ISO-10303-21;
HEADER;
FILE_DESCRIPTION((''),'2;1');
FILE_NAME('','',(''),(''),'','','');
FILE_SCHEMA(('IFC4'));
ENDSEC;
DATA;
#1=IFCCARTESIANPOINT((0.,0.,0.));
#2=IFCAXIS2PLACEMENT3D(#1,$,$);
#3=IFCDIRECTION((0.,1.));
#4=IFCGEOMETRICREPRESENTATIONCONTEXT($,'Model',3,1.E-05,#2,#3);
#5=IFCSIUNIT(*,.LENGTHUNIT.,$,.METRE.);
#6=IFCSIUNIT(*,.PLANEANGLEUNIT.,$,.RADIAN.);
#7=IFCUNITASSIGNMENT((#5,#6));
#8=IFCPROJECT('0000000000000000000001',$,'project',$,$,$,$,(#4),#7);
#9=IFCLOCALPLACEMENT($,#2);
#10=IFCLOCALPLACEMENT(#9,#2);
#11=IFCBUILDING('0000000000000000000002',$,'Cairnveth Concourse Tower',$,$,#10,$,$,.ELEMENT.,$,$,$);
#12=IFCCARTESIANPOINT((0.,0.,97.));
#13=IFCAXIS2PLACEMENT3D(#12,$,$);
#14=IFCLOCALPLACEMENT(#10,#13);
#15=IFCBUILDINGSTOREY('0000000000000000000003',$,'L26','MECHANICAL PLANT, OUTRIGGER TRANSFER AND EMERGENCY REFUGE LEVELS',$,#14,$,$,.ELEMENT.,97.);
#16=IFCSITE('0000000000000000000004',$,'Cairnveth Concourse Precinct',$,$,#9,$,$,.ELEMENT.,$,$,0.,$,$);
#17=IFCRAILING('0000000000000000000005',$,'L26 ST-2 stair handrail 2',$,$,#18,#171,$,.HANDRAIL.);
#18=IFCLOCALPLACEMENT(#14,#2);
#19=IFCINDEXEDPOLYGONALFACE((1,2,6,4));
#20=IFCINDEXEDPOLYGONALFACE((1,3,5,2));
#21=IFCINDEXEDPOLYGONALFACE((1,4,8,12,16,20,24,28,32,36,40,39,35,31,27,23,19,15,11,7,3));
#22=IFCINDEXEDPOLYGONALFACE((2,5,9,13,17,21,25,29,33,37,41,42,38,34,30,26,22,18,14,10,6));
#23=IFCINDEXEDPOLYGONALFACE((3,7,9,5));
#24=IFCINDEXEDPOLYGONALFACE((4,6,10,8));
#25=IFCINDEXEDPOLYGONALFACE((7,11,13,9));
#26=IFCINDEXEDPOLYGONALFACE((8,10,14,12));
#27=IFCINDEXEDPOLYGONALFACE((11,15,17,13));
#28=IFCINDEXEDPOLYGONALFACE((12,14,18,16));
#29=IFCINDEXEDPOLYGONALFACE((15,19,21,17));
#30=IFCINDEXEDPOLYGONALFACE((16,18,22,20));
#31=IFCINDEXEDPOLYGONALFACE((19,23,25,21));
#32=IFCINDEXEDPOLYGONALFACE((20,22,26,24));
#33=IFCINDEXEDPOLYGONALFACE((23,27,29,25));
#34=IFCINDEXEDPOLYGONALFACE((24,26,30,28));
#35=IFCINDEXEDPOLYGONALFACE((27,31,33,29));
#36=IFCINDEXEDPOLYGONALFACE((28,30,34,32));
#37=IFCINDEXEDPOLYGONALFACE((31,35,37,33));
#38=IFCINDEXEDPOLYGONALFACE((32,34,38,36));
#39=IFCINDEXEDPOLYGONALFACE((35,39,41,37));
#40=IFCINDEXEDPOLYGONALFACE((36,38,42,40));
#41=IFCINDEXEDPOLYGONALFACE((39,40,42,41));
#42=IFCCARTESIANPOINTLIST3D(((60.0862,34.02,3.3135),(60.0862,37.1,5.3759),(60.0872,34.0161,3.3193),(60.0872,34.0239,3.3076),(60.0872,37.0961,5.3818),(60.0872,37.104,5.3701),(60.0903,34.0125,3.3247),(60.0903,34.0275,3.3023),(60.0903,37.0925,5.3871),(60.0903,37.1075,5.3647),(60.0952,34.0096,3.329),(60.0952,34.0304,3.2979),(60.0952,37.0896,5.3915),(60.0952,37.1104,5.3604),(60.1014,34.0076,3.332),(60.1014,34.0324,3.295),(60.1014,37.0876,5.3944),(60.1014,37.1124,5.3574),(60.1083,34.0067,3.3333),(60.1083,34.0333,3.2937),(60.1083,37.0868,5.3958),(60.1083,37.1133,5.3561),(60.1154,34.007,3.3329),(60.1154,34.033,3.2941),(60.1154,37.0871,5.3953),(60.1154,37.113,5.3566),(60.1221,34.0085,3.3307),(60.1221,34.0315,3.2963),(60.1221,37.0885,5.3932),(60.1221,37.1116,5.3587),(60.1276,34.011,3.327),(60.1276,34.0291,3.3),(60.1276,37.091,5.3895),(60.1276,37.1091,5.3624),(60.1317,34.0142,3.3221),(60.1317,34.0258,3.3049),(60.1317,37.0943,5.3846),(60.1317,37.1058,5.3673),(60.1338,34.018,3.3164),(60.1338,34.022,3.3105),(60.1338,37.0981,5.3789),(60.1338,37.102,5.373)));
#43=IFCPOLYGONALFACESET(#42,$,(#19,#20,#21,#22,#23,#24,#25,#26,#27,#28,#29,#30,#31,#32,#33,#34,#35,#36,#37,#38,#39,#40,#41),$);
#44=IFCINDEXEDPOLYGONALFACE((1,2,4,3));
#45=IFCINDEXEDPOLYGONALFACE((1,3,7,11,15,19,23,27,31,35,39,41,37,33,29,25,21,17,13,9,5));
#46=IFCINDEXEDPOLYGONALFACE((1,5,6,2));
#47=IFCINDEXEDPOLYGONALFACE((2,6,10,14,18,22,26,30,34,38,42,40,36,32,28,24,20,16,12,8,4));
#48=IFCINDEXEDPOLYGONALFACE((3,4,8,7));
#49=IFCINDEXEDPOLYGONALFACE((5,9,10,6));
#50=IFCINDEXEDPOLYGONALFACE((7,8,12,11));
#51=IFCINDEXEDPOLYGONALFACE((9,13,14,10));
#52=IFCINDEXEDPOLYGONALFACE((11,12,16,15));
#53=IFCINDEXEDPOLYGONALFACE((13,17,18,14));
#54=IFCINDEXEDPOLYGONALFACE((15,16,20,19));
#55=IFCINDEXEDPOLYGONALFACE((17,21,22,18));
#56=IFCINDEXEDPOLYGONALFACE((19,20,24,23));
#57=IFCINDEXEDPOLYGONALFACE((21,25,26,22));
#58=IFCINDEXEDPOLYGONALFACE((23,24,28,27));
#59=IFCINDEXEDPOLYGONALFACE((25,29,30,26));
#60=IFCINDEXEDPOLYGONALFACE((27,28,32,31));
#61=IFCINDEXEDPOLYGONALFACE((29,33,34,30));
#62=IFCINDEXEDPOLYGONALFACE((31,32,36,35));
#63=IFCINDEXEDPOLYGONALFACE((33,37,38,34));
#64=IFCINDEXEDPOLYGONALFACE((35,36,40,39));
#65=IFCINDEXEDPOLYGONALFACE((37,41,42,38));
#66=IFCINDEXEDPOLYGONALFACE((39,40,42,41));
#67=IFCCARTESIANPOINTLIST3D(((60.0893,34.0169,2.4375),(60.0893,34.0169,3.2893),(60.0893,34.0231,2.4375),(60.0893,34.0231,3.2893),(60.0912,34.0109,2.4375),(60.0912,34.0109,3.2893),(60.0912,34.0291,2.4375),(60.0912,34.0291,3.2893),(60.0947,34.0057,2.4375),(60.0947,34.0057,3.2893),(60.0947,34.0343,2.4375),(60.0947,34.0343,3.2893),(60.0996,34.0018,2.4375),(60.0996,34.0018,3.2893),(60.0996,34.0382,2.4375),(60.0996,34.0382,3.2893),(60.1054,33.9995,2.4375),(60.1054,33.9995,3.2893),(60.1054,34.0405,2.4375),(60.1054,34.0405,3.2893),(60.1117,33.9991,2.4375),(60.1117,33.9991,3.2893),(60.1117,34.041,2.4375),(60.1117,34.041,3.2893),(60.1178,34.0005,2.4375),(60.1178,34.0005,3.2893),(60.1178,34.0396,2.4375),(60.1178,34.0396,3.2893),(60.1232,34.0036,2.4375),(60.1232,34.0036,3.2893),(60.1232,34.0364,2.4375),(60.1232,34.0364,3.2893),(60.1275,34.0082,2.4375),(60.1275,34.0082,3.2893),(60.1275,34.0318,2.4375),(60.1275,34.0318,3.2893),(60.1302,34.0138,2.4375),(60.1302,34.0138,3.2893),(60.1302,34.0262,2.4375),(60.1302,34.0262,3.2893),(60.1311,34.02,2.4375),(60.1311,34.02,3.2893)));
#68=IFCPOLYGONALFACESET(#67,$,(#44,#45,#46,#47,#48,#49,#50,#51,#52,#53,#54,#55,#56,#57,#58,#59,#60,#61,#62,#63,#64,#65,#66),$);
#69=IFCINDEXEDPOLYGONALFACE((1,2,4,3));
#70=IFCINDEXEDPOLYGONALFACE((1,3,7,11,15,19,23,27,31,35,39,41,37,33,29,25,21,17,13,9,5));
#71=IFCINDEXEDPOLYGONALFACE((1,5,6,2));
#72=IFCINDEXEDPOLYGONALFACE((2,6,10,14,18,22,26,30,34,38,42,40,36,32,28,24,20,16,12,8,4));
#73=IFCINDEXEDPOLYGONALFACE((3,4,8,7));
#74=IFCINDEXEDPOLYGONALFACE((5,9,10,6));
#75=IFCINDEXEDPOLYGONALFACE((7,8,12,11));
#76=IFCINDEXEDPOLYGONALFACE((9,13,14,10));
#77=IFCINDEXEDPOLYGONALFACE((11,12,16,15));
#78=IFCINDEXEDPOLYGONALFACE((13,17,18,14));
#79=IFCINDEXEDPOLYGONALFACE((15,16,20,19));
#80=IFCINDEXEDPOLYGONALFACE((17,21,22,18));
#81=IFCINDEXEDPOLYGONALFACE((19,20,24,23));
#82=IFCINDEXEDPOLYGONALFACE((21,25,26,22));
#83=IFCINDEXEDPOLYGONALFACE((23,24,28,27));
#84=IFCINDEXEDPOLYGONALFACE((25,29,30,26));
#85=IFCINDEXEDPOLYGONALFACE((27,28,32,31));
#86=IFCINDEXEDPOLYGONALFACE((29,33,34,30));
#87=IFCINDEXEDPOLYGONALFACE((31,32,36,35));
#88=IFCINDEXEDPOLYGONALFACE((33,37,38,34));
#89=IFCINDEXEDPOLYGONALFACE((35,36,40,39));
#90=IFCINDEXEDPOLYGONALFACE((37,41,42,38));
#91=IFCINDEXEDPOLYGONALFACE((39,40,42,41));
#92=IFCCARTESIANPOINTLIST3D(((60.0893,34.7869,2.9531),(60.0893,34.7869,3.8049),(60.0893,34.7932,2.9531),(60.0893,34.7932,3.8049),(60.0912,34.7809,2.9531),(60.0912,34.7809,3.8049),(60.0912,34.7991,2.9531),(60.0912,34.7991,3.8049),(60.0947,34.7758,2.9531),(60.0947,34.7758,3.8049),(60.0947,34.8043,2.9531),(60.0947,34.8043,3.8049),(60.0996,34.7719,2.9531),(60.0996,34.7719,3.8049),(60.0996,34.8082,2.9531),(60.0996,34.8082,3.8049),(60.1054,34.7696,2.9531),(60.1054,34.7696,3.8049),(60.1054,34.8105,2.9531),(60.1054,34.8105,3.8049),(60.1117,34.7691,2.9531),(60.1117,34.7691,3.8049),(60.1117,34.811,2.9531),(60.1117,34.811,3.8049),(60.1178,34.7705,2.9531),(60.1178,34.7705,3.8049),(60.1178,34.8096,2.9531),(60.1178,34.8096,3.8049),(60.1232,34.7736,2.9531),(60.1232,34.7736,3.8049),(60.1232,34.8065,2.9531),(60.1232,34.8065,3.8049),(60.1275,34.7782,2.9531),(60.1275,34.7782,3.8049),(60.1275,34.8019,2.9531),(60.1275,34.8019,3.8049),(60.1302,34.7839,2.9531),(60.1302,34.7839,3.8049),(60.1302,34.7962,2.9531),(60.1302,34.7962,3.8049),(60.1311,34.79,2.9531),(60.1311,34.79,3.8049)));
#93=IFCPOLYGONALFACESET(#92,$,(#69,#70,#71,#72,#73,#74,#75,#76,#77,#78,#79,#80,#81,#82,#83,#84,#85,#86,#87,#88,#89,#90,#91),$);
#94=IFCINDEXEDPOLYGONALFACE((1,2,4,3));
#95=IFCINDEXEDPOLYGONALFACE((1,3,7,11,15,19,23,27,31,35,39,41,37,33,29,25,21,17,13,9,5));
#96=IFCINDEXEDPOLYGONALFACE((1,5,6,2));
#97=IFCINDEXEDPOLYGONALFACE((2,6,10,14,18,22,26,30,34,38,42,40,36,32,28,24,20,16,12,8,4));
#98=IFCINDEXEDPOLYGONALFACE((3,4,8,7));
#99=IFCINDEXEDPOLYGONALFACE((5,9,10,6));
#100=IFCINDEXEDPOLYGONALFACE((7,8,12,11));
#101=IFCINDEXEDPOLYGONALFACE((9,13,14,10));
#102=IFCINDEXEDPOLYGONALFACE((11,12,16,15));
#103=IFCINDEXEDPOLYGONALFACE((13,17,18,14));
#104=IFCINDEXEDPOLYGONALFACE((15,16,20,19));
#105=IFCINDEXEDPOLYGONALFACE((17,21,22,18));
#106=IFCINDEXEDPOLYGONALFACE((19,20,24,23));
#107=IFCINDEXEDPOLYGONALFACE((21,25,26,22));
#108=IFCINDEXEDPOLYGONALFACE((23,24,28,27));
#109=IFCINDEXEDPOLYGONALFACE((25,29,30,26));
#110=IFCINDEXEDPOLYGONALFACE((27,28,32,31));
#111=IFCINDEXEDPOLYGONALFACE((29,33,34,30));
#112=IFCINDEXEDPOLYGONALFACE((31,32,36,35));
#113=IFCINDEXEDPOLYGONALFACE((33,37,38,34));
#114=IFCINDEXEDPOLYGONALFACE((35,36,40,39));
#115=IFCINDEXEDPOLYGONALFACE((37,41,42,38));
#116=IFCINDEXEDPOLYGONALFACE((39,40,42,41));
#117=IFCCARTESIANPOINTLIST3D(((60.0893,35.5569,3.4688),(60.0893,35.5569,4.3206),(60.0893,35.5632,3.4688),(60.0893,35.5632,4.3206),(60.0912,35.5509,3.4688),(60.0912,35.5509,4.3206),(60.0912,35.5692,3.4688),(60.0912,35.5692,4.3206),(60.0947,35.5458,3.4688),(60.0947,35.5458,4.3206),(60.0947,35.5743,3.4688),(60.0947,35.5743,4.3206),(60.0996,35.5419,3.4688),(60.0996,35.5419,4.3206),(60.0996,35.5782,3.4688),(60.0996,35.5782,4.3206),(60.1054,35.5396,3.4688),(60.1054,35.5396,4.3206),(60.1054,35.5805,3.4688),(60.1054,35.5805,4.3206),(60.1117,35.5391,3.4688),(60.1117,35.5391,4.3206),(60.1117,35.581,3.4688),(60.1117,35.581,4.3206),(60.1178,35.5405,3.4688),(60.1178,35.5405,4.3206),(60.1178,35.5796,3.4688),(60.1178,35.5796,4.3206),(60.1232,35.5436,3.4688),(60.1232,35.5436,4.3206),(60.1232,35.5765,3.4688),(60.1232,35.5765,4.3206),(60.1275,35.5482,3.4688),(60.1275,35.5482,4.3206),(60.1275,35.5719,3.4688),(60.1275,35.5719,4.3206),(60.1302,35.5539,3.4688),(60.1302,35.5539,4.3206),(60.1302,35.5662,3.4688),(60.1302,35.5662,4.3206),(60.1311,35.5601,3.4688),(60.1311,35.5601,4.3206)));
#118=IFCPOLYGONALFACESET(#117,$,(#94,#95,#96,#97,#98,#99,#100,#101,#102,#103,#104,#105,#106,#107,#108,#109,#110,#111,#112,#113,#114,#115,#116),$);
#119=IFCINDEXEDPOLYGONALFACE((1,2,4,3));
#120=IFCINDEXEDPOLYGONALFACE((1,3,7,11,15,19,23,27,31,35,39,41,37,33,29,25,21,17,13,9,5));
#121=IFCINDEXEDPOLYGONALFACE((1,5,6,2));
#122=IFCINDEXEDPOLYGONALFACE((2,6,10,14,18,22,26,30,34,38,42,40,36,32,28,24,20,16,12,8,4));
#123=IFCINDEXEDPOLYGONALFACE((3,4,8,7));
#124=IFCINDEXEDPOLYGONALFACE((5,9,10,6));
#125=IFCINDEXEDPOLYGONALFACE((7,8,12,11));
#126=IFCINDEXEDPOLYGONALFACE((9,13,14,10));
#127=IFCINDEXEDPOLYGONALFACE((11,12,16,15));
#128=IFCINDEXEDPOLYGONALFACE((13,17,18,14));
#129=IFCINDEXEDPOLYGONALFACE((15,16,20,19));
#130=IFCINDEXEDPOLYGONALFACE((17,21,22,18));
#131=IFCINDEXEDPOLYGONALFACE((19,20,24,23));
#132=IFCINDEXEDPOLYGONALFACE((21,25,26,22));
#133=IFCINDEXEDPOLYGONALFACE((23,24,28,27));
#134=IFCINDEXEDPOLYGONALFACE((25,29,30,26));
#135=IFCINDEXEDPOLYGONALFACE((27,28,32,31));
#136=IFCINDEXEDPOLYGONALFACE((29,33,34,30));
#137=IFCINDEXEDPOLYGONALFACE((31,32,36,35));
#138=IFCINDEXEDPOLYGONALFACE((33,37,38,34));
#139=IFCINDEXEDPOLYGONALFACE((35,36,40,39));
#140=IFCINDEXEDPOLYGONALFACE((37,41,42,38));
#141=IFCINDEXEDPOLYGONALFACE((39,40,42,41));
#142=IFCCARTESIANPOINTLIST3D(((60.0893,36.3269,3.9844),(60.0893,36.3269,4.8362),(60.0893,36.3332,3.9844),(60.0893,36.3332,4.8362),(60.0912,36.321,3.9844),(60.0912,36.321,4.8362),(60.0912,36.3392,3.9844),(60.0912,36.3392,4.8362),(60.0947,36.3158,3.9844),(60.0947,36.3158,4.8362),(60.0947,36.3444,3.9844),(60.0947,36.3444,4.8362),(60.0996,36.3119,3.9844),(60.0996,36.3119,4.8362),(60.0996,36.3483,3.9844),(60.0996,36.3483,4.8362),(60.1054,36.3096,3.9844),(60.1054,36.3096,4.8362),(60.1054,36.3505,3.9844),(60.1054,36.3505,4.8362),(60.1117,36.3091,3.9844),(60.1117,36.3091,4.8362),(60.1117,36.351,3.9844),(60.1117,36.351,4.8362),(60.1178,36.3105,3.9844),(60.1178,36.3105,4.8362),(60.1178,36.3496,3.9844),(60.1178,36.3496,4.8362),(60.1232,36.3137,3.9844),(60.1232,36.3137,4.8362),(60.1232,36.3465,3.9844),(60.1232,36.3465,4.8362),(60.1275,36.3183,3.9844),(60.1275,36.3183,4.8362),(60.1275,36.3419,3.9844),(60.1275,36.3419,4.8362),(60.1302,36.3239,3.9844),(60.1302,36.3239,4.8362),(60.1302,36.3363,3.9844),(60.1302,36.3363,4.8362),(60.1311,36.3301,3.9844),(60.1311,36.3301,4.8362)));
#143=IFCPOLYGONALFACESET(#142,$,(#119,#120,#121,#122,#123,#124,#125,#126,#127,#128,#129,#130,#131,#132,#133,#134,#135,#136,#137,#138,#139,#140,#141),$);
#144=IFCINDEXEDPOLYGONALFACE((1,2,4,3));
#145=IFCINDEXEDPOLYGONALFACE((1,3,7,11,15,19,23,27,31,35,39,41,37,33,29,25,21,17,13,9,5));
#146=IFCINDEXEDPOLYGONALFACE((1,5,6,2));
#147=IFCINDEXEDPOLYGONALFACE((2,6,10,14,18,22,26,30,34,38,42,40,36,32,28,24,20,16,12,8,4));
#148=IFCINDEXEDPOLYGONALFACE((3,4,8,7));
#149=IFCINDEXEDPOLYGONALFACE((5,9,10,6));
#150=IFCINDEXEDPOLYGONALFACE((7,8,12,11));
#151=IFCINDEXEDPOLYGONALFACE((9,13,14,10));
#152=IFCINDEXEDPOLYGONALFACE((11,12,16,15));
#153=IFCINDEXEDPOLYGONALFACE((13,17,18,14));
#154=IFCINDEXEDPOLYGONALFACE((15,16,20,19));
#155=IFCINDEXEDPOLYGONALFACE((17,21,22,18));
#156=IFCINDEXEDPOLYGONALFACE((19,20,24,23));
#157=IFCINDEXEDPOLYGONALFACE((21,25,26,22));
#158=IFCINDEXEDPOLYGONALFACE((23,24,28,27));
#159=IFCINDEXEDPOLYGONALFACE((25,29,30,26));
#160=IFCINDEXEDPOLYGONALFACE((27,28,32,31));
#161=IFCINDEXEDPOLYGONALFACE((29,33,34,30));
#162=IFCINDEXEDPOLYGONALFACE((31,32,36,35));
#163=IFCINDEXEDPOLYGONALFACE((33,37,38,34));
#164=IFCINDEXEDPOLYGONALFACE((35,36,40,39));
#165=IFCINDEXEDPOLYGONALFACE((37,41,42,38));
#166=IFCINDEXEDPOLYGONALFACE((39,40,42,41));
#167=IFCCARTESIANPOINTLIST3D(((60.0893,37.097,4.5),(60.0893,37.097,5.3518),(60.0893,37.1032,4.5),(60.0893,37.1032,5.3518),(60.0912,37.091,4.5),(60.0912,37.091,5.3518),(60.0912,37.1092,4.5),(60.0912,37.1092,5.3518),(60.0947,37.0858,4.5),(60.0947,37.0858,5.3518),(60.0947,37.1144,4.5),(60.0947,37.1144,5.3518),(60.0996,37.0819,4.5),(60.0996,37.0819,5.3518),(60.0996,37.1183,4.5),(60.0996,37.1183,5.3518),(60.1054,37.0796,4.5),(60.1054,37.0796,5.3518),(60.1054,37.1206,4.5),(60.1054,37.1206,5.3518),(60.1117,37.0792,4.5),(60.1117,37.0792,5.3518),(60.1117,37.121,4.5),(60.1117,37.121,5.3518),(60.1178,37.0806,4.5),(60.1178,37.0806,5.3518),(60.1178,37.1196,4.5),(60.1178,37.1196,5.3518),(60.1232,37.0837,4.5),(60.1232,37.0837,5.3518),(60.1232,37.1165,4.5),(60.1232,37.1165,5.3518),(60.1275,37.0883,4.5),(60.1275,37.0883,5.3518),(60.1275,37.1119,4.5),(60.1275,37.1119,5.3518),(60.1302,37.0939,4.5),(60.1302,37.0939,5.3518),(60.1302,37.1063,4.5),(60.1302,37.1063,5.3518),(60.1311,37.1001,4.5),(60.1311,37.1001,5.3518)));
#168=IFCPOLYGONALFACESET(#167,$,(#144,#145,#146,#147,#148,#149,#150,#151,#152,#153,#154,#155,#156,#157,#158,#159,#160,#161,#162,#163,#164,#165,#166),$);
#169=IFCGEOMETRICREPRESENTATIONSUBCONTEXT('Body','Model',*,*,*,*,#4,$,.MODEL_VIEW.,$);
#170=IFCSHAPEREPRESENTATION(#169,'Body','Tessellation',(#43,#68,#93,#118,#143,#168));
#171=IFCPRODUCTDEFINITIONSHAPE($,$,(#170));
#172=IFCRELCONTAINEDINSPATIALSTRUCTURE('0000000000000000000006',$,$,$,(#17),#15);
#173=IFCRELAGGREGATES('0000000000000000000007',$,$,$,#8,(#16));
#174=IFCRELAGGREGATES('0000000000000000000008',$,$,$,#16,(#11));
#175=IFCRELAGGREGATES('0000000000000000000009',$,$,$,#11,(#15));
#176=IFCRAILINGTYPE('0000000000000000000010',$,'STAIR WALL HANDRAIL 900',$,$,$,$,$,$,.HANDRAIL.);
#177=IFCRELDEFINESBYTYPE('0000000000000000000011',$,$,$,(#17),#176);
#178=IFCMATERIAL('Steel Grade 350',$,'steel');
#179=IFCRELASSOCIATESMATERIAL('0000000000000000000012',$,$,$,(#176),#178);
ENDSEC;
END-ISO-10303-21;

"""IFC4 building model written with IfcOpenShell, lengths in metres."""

from ifc_helpers import new_model, si_unit, direction, frame, origin, origin_2d, place, context, subcontext, project, spatial, circle, extrude, material, type_object, element, save


model = new_model("IFC4")

# Units and contexts
model_context = context("Model", 3, precision=1e-05, world=origin(), true_north=direction((0.0, 1.0)))
body_context = subcontext(model_context, "Body", "Model", "MODEL_VIEW")
ifc_project = project(units=[si_unit("LENGTHUNIT", "METRE"), si_unit("PLANEANGLEUNIT", "RADIAN")], contexts=[model_context])

# Site, building, storey
site_placement = place(None, origin())
site = spatial("IfcSite", under=ifc_project, at=site_placement, Name="Cairnveth Concourse Precinct", CompositionType="ELEMENT", RefElevation=0.0)
building_placement = place(site_placement, origin())
building = spatial("IfcBuilding", under=site, at=building_placement, Name="Cairnveth Concourse Tower", CompositionType="ELEMENT")
storey_placement = place(building_placement, frame((0.0, 0.0, 97.0)))
storey = spatial("IfcBuildingStorey", under=building, at=storey_placement, Name="L26", Description="MECHANICAL PLANT, OUTRIGGER TRANSFER AND EMERGENCY REFUGE LEVELS", CompositionType="ELEMENT", Elevation=97.0)

# Shared definitions
ifc_material_1 = material(Name="Steel Grade 350", Category="steel")

# Railing
railing_type_1 = type_object("IfcRailingType", Name="STAIR WALL HANDRAIL 900", PredefinedType="HANDRAIL", material=ifc_material_1)
railing_1_placement = place(storey_placement, frame((60.1101, 34.02, 2.4375)))
element("IfcRailing", 1, at=railing_1_placement, inside=storey, type_object=railing_type_1, Name="L26 ST-2 stair handrail 2", PredefinedType="HANDRAIL", context=body_context, shape_type="SweptSolid", body=[
    extrude(circle(Radius=0.0239, at=origin_2d()), frame((0.0, 0.0, 0.876), z_axis=(0.0, 0.830914, 0.556401), x_axis=(-1.0, 0.0, 0.0)), (0.0, 0.0, 1.0), 3.7068),
    extrude(circle(Radius=0.021, at=origin_2d()), origin(), (0.0, 0.0, 1.0), 0.8518),
    extrude(circle(Radius=0.021, at=origin_2d()), frame((0.0, 0.77, 0.5156)), (0.0, 0.0, 1.0), 0.8518),
    extrude(circle(Radius=0.021, at=origin_2d()), frame((0.0, 1.54, 1.0312)), (0.0, 0.0, 1.0), 0.8518),
    extrude(circle(Radius=0.021, at=origin_2d()), frame((0.0, 2.3101, 1.5469)), (0.0, 0.0, 1.0), 0.8518),
    extrude(circle(Radius=0.021, at=origin_2d()), frame((0.0, 3.0801, 2.0625)), (0.0, 0.0, 1.0), 0.8518),
])

save(model, "model.ifc")
